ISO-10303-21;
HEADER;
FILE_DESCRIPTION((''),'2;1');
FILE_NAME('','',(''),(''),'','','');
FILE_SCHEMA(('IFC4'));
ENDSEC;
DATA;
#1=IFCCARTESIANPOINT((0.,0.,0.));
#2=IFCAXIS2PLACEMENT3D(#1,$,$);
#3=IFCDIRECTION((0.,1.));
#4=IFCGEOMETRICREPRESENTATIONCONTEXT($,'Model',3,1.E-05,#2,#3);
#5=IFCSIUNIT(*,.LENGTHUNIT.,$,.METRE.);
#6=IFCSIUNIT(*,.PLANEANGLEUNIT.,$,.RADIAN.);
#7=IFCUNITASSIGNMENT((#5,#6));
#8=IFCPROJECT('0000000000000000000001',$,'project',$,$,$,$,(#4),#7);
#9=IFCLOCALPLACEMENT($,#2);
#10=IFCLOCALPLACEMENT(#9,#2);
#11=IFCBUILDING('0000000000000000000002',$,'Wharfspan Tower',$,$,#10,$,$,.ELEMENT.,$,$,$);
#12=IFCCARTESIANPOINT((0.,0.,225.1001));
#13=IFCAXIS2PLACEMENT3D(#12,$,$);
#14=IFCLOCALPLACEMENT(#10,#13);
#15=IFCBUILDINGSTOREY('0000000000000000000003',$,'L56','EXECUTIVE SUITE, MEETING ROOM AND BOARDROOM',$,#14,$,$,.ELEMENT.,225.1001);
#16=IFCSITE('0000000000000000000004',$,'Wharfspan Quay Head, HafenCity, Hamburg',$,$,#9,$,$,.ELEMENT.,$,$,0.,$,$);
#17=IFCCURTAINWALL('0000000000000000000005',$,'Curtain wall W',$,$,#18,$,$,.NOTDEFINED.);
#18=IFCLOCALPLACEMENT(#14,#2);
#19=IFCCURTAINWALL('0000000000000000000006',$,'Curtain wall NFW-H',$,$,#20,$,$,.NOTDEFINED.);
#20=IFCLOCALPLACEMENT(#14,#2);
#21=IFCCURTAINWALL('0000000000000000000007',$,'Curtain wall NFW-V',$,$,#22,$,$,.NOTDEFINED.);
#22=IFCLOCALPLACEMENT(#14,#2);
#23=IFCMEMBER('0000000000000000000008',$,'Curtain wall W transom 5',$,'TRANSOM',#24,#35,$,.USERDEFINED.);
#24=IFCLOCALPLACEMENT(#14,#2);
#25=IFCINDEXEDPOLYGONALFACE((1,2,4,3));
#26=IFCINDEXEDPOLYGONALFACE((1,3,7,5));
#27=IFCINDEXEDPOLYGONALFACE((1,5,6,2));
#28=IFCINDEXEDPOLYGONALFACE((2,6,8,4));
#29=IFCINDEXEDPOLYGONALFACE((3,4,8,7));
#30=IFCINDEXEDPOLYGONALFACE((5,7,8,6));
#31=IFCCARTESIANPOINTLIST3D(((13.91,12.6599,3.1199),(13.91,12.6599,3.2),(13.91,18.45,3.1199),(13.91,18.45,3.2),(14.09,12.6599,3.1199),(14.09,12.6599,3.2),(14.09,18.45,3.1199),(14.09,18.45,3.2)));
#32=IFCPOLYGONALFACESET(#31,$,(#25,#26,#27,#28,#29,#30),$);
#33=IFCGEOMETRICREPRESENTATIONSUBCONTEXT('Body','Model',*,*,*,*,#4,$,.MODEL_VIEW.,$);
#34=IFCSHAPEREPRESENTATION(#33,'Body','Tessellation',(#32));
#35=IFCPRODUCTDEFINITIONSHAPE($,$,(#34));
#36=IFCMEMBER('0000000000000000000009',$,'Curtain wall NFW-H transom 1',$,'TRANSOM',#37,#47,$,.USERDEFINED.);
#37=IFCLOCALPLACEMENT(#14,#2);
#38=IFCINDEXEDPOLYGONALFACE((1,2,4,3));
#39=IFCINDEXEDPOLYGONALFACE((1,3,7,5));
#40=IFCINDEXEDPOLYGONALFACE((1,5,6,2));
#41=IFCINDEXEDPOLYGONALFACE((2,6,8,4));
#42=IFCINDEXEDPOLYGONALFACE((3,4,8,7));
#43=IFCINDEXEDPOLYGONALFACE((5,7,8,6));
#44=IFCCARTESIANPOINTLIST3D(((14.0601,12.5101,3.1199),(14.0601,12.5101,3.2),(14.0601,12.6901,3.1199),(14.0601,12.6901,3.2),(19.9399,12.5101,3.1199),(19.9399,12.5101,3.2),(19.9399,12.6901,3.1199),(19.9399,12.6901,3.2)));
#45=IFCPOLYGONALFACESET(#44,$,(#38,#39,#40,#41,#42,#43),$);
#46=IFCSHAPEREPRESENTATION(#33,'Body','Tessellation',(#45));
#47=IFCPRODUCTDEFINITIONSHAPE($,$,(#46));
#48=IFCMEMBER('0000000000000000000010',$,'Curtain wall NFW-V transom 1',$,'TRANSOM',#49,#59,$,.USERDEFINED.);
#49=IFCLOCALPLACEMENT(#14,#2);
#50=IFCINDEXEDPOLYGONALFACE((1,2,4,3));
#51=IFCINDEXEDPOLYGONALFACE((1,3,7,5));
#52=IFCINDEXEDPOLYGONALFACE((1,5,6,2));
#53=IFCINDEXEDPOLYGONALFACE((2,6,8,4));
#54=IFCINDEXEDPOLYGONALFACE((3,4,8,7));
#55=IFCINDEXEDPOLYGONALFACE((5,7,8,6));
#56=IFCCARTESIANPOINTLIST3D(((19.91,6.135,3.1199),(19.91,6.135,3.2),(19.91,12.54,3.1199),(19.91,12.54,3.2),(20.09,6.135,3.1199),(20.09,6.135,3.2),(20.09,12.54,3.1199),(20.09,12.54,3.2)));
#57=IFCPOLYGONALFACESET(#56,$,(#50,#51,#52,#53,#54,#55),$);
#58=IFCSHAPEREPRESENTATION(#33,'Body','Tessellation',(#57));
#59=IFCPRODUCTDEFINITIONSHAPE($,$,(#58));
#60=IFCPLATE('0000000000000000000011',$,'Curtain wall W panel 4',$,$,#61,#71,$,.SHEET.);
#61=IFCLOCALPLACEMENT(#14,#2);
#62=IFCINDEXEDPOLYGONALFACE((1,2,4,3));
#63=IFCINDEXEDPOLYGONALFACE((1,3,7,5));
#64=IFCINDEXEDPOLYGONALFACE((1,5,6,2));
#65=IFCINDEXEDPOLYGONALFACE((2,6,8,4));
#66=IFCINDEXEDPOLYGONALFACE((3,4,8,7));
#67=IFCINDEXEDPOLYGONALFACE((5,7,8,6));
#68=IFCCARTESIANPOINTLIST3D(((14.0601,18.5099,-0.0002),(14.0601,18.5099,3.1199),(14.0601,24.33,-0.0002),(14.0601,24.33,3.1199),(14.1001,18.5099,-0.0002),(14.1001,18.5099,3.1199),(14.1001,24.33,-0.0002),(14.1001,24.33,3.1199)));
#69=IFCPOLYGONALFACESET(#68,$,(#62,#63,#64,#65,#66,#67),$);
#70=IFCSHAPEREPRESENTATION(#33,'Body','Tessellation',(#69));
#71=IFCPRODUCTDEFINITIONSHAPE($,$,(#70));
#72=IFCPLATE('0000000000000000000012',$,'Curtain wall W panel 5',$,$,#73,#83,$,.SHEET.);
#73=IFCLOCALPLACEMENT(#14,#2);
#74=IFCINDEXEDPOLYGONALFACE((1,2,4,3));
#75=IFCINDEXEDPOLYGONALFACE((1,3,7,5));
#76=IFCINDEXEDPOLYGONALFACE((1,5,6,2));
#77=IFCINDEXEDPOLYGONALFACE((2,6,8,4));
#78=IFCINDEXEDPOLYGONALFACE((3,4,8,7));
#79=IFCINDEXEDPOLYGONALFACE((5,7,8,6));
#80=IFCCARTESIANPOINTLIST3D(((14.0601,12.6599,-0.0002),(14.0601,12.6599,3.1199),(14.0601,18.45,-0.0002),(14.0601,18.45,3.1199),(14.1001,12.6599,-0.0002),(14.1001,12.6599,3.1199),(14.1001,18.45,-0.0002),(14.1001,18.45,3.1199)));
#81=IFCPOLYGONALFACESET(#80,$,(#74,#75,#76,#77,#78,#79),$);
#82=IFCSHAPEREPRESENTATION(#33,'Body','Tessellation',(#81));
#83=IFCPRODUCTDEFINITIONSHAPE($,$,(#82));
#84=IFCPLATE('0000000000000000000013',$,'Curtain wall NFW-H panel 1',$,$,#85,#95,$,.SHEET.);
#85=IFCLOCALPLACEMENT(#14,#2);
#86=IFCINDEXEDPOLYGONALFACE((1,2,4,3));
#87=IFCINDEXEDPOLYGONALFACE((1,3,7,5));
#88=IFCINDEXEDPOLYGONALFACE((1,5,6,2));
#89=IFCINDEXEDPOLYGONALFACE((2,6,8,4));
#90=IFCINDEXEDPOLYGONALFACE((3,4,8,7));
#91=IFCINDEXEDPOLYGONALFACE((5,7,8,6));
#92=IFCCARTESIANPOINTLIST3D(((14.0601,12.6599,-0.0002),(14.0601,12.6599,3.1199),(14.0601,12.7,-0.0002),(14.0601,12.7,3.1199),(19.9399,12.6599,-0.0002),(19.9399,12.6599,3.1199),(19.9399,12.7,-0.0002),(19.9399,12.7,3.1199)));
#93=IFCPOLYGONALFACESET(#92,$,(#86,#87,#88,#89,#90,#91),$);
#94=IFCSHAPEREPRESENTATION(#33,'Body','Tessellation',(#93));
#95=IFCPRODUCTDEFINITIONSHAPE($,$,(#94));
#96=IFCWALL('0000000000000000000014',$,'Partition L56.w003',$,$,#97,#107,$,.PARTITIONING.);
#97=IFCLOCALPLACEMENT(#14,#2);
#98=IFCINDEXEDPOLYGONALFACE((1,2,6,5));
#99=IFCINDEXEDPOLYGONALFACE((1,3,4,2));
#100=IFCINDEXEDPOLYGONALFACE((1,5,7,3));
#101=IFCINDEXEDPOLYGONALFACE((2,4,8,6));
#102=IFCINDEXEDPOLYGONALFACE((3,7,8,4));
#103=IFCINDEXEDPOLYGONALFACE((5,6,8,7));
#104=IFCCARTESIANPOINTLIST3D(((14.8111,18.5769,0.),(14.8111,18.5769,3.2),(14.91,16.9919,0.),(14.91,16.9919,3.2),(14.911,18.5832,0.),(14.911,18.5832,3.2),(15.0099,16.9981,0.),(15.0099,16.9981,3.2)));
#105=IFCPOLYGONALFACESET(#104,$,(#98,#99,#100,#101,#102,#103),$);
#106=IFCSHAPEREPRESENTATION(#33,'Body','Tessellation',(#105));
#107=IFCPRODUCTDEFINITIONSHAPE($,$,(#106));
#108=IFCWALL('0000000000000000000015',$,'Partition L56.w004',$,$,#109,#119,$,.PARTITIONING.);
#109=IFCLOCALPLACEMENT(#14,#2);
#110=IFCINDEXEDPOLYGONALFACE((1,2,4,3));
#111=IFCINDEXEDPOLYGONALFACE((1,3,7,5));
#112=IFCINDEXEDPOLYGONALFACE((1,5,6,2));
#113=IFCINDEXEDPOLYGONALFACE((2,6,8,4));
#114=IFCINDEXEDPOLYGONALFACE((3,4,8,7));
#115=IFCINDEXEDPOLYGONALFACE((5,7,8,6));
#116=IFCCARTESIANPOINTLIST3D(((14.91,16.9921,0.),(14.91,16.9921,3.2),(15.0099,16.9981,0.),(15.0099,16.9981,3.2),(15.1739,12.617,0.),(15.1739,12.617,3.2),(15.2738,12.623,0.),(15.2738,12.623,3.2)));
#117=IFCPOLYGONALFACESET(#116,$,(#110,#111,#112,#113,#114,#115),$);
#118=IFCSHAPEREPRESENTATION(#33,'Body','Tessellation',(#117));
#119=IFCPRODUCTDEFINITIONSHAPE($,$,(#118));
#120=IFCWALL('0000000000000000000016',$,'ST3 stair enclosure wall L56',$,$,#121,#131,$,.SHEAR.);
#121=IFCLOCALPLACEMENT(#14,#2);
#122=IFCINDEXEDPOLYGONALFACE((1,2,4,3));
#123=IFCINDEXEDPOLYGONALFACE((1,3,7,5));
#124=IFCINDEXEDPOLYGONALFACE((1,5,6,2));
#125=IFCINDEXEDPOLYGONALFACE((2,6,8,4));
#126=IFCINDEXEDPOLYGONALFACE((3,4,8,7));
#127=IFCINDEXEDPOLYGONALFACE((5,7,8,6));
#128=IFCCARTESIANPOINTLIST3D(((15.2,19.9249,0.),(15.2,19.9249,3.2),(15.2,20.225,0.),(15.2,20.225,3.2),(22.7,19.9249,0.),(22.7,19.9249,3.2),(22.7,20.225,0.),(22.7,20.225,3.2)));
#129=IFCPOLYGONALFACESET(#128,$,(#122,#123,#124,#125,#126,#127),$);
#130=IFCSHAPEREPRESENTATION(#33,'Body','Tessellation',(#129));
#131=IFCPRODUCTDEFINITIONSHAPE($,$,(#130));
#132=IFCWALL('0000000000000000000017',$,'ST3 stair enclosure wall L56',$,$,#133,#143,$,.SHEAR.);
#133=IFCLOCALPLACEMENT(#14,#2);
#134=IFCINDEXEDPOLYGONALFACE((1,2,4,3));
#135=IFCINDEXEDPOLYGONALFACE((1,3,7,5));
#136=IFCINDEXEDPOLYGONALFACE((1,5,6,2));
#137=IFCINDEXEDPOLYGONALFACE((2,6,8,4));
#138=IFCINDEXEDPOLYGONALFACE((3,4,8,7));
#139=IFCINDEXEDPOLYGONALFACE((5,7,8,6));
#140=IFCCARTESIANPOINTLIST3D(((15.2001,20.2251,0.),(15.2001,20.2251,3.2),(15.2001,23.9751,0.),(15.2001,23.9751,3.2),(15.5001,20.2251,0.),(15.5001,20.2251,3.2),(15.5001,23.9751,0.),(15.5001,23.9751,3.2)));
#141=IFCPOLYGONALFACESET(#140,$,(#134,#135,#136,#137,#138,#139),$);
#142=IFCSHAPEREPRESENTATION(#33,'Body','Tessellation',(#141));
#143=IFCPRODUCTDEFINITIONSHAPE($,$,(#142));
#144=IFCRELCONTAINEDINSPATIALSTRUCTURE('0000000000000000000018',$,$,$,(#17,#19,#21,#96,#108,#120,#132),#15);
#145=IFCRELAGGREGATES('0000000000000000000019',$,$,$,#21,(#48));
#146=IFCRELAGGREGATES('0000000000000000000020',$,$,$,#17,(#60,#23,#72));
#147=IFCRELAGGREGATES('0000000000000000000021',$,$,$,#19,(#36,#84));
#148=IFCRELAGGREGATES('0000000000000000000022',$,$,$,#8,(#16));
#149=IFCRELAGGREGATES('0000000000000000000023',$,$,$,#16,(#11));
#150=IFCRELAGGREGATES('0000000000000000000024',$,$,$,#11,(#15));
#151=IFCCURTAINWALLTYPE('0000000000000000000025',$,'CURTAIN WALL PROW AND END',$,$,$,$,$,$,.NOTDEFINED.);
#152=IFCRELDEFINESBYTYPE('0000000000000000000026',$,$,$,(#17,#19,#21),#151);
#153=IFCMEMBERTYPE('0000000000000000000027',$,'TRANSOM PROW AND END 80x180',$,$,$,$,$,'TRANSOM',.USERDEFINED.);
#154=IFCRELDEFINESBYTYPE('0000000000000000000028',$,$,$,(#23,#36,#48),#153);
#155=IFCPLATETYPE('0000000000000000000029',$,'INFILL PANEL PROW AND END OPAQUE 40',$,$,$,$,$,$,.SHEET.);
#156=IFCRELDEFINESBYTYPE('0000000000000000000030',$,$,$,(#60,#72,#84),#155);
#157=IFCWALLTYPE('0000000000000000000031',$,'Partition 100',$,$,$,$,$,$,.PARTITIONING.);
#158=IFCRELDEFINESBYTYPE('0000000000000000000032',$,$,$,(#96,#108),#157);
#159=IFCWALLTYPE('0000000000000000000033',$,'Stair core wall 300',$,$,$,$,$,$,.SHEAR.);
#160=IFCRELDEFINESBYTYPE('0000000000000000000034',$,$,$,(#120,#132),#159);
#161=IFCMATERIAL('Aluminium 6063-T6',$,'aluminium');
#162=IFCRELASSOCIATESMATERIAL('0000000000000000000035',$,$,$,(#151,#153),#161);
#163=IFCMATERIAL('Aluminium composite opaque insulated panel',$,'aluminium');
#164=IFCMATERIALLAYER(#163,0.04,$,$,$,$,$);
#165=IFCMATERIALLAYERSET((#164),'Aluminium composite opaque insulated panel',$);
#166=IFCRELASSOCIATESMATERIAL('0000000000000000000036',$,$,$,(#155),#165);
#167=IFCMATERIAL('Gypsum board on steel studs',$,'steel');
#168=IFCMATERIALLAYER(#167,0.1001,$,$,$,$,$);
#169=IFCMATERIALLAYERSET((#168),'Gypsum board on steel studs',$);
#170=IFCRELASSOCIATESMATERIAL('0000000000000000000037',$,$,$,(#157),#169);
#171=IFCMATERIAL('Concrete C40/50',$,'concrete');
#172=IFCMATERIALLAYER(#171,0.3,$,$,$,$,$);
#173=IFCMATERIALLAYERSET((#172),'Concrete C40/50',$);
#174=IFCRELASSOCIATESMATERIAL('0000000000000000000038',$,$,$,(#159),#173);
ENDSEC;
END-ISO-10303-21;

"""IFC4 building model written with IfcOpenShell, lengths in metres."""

from ifc_helpers import new_model, si_unit, direction, frame, frame_2d, origin, origin_2d, place, context, subcontext, project, spatial, rectangle, extrude, material, layer, layer_set, material_profile, profile_set, type_object, element, aggregate, save


model = new_model("IFC4")

# Units and contexts
model_context = context("Model", 3, precision=1e-05, world=origin(), true_north=direction((0.0, 1.0)))
body_context = subcontext(model_context, "Body", "Model", "MODEL_VIEW")
ifc_project = project(units=[si_unit("LENGTHUNIT", "METRE"), si_unit("PLANEANGLEUNIT", "RADIAN")], contexts=[model_context])

# Site, building, storey
site_placement = place(None, origin())
site = spatial("IfcSite", under=ifc_project, at=site_placement, Name="Wharfspan Quay Head, HafenCity, Hamburg", CompositionType="ELEMENT", RefElevation=0.0)
building_placement = place(site_placement, origin())
building = spatial("IfcBuilding", under=site, at=building_placement, Name="Wharfspan Tower", CompositionType="ELEMENT")
storey_placement = place(building_placement, frame((0.0, 0.0, 225.1001)))
storey = spatial("IfcBuildingStorey", under=building, at=storey_placement, Name="L56", Description="EXECUTIVE SUITE, MEETING ROOM AND BOARDROOM", CompositionType="ELEMENT", Elevation=225.1001)

# Curtain walls
ifc_material_1 = material(Name="Aluminium 6063-T6", Category="aluminium")
curtain_wall_type = type_object("IfcCurtainWallType", Name="CURTAIN WALL PROW AND END", PredefinedType="NOTDEFINED", material=ifc_material_1)
curtain_wall_1_placement = place(storey_placement, origin())
curtain_wall_1 = element("IfcCurtainWall", 1, at=curtain_wall_1_placement, inside=storey, type_object=curtain_wall_type, Name="Curtain wall W", PredefinedType="NOTDEFINED")
curtain_wall_2_placement = place(storey_placement, origin())
curtain_wall_2 = element("IfcCurtainWall", 2, at=curtain_wall_2_placement, inside=storey, type_object=curtain_wall_type, Name="Curtain wall NFW-H", PredefinedType="NOTDEFINED")

# Curtain wall
curtain_wall_3_placement = place(storey_placement, origin())
curtain_wall_3 = element("IfcCurtainWall", 3, at=curtain_wall_3_placement, inside=storey, type_object=curtain_wall_type, Name="Curtain wall NFW-V", PredefinedType="NOTDEFINED")

# Members
ifc_material_profile_1 = material_profile(ifc_material_1, rectangle(XDim=0.1799, YDim=0.0801, at=origin_2d()))
ifc_profile_set_1 = profile_set([ifc_material_profile_1], Name="Aluminium 6063-T6")
member_type_1 = type_object("IfcMemberType", Name="TRANSOM PROW AND END 80x180", ElementType="TRANSOM", PredefinedType="USERDEFINED", material=ifc_profile_set_1)
member_1_placement = place(storey_placement, frame((14.0, 18.45, 3.1599), z_axis=(0.0, -1.0, 0.0), x_axis=(1.0, 0.0, 0.0)))
member_1 = element("IfcMember", 4, at=member_1_placement, type_object=member_type_1, Name="Curtain wall W transom 5", ObjectType="TRANSOM", PredefinedType="USERDEFINED", context=body_context, shape_type="SweptSolid", body=[
    extrude(rectangle(XDim=0.1799, YDim=0.0801, at=origin_2d()), origin(), (0.0, 0.0, 1.0), 5.79),
])
member_2_placement = place(storey_placement, frame((14.0601, 12.6001, 3.1599), z_axis=(1.0, 0.0, 0.0), x_axis=(0.0, 1.0, 0.0)))
member_2 = element("IfcMember", 5, at=member_2_placement, type_object=member_type_1, Name="Curtain wall NFW-H transom 1", ObjectType="TRANSOM", PredefinedType="USERDEFINED", context=body_context, shape_type="SweptSolid", body=[
    extrude(rectangle(XDim=0.1799, YDim=0.0801, at=origin_2d()), origin(), (0.0, 0.0, 1.0), 5.8799),
])
member_3_placement = place(storey_placement, frame((20.0, 12.54, 3.1599), z_axis=(0.0, -1.0, 0.0), x_axis=(1.0, 0.0, 0.0)))
member_3 = element("IfcMember", 6, at=member_3_placement, type_object=member_type_1, Name="Curtain wall NFW-V transom 1", ObjectType="TRANSOM", PredefinedType="USERDEFINED", context=body_context, shape_type="SweptSolid", body=[
    extrude(rectangle(XDim=0.1799, YDim=0.0801, at=origin_2d()), origin(), (0.0, 0.0, 1.0), 6.405),
])
aggregate(curtain_wall_3, [member_3])

# Plates
ifc_material_2 = material(Name="Aluminium composite opaque insulated panel", Category="aluminium")
ifc_layer_1 = layer(ifc_material_2, 0.04)
ifc_layer_set_1 = layer_set([ifc_layer_1], Name="Aluminium composite opaque insulated panel")
plate_type = type_object("IfcPlateType", Name="INFILL PANEL PROW AND END OPAQUE 40", PredefinedType="SHEET", material=ifc_layer_set_1)
plate_1_placement = place(storey_placement, frame((14.0801, 21.4199, -0.0002), z_axis=(0.0, 0.0, 1.0), x_axis=(0.0, -1.0, 0.0)))
plate_1 = element("IfcPlate", 7, at=plate_1_placement, type_object=plate_type, Name="Curtain wall W panel 4", PredefinedType="SHEET", context=body_context, shape_type="SweptSolid", body=[
    extrude(rectangle(XDim=5.8201, YDim=0.04, at=origin_2d()), origin(), (0.0, 0.0, 1.0), 3.1201),
])
plate_2_placement = place(storey_placement, frame((14.0801, 15.5549, -0.0002), z_axis=(0.0, 0.0, 1.0), x_axis=(0.0, -1.0, 0.0)))
plate_2 = element("IfcPlate", 8, at=plate_2_placement, type_object=plate_type, Name="Curtain wall W panel 5", PredefinedType="SHEET", context=body_context, shape_type="SweptSolid", body=[
    extrude(rectangle(XDim=5.79, YDim=0.04, at=origin_2d()), origin(), (0.0, 0.0, 1.0), 3.1201),
])
aggregate(curtain_wall_1, [plate_1, member_1, plate_2])
plate_3_placement = place(storey_placement, frame((17.0, 12.6799, -0.0002), z_axis=(0.0, 0.0, 1.0), x_axis=(1.0, 0.0, 0.0)))
plate_3 = element("IfcPlate", 9, at=plate_3_placement, type_object=plate_type, Name="Curtain wall NFW-H panel 1", PredefinedType="SHEET", context=body_context, shape_type="SweptSolid", body=[
    extrude(rectangle(XDim=5.8799, YDim=0.04, at=origin_2d()), origin(), (0.0, 0.0, 1.0), 3.1201),
])
aggregate(curtain_wall_2, [member_2, plate_3])

# Walls
ifc_material_3 = material(Name="Gypsum board on steel studs", Category="steel")
ifc_layer_2 = layer(ifc_material_3, 0.1001)
ifc_layer_set_2 = layer_set([ifc_layer_2], Name="Gypsum board on steel studs")
wall_type_1 = type_object("IfcWallType", Name="Partition 100", PredefinedType="PARTITIONING", material=ifc_layer_set_2)
wall_1_placement = place(storey_placement, frame((14.96, 16.9951, 0.0), z_axis=(0.0, 0.0, 1.0), x_axis=(-0.062263, 0.998056, 0.0)))
element("IfcWall", 10, at=wall_1_placement, inside=storey, type_object=wall_type_1, Name="Partition L56.w003", PredefinedType="PARTITIONING", context=body_context, shape_type="SweptSolid", body=[
    extrude(rectangle(XDim=1.5881, YDim=0.1001, at=frame_2d((0.7939, 0.0))), origin(), (0.0, 0.0, 1.0), 3.2),
])
wall_2_placement = place(storey_placement, frame((15.2239, 12.6201, 0.0), z_axis=(0.0, 0.0, 1.0), x_axis=(-0.060214, 0.998182, 0.0)))
element("IfcWall", 11, at=wall_2_placement, inside=storey, type_object=wall_type_1, Name="Partition L56.w004", PredefinedType="PARTITIONING", context=body_context, shape_type="SweptSolid", body=[
    extrude(rectangle(XDim=4.3831, YDim=0.1001, at=frame_2d((2.1914, 0.0))), origin(), (0.0, 0.0, 1.0), 3.2),
])
ifc_material_4 = material(Name="Concrete C40/50", Category="concrete")
ifc_layer_3 = layer(ifc_material_4, 0.3)
ifc_layer_set_3 = layer_set([ifc_layer_3], Name="Concrete C40/50")
wall_type_2 = type_object("IfcWallType", Name="Stair core wall 300", PredefinedType="SHEAR", material=ifc_layer_set_3)
wall_3_placement = place(storey_placement, frame((15.2, 20.075, 0.0), z_axis=(0.0, 0.0, 1.0), x_axis=(1.0, 0.0, 0.0)))
element("IfcWall", 12, at=wall_3_placement, inside=storey, type_object=wall_type_2, Name="ST3 stair enclosure wall L56", PredefinedType="SHEAR", context=body_context, shape_type="SweptSolid", body=[
    extrude(rectangle(XDim=7.5, YDim=0.3, at=frame_2d((3.75, 0.0))), origin(), (0.0, 0.0, 1.0), 3.2),
])
wall_4_placement = place(storey_placement, frame((15.3501, 20.2251, 0.0), z_axis=(0.0, 0.0, 1.0), x_axis=(0.0, 1.0, 0.0)))
element("IfcWall", 13, at=wall_4_placement, inside=storey, type_object=wall_type_2, Name="ST3 stair enclosure wall L56", PredefinedType="SHEAR", context=body_context, shape_type="SweptSolid", body=[
    extrude(rectangle(XDim=3.75, YDim=0.3, at=frame_2d((1.875, 0.0))), origin(), (0.0, 0.0, 1.0), 3.2),
])

save(model, "model.ifc")
